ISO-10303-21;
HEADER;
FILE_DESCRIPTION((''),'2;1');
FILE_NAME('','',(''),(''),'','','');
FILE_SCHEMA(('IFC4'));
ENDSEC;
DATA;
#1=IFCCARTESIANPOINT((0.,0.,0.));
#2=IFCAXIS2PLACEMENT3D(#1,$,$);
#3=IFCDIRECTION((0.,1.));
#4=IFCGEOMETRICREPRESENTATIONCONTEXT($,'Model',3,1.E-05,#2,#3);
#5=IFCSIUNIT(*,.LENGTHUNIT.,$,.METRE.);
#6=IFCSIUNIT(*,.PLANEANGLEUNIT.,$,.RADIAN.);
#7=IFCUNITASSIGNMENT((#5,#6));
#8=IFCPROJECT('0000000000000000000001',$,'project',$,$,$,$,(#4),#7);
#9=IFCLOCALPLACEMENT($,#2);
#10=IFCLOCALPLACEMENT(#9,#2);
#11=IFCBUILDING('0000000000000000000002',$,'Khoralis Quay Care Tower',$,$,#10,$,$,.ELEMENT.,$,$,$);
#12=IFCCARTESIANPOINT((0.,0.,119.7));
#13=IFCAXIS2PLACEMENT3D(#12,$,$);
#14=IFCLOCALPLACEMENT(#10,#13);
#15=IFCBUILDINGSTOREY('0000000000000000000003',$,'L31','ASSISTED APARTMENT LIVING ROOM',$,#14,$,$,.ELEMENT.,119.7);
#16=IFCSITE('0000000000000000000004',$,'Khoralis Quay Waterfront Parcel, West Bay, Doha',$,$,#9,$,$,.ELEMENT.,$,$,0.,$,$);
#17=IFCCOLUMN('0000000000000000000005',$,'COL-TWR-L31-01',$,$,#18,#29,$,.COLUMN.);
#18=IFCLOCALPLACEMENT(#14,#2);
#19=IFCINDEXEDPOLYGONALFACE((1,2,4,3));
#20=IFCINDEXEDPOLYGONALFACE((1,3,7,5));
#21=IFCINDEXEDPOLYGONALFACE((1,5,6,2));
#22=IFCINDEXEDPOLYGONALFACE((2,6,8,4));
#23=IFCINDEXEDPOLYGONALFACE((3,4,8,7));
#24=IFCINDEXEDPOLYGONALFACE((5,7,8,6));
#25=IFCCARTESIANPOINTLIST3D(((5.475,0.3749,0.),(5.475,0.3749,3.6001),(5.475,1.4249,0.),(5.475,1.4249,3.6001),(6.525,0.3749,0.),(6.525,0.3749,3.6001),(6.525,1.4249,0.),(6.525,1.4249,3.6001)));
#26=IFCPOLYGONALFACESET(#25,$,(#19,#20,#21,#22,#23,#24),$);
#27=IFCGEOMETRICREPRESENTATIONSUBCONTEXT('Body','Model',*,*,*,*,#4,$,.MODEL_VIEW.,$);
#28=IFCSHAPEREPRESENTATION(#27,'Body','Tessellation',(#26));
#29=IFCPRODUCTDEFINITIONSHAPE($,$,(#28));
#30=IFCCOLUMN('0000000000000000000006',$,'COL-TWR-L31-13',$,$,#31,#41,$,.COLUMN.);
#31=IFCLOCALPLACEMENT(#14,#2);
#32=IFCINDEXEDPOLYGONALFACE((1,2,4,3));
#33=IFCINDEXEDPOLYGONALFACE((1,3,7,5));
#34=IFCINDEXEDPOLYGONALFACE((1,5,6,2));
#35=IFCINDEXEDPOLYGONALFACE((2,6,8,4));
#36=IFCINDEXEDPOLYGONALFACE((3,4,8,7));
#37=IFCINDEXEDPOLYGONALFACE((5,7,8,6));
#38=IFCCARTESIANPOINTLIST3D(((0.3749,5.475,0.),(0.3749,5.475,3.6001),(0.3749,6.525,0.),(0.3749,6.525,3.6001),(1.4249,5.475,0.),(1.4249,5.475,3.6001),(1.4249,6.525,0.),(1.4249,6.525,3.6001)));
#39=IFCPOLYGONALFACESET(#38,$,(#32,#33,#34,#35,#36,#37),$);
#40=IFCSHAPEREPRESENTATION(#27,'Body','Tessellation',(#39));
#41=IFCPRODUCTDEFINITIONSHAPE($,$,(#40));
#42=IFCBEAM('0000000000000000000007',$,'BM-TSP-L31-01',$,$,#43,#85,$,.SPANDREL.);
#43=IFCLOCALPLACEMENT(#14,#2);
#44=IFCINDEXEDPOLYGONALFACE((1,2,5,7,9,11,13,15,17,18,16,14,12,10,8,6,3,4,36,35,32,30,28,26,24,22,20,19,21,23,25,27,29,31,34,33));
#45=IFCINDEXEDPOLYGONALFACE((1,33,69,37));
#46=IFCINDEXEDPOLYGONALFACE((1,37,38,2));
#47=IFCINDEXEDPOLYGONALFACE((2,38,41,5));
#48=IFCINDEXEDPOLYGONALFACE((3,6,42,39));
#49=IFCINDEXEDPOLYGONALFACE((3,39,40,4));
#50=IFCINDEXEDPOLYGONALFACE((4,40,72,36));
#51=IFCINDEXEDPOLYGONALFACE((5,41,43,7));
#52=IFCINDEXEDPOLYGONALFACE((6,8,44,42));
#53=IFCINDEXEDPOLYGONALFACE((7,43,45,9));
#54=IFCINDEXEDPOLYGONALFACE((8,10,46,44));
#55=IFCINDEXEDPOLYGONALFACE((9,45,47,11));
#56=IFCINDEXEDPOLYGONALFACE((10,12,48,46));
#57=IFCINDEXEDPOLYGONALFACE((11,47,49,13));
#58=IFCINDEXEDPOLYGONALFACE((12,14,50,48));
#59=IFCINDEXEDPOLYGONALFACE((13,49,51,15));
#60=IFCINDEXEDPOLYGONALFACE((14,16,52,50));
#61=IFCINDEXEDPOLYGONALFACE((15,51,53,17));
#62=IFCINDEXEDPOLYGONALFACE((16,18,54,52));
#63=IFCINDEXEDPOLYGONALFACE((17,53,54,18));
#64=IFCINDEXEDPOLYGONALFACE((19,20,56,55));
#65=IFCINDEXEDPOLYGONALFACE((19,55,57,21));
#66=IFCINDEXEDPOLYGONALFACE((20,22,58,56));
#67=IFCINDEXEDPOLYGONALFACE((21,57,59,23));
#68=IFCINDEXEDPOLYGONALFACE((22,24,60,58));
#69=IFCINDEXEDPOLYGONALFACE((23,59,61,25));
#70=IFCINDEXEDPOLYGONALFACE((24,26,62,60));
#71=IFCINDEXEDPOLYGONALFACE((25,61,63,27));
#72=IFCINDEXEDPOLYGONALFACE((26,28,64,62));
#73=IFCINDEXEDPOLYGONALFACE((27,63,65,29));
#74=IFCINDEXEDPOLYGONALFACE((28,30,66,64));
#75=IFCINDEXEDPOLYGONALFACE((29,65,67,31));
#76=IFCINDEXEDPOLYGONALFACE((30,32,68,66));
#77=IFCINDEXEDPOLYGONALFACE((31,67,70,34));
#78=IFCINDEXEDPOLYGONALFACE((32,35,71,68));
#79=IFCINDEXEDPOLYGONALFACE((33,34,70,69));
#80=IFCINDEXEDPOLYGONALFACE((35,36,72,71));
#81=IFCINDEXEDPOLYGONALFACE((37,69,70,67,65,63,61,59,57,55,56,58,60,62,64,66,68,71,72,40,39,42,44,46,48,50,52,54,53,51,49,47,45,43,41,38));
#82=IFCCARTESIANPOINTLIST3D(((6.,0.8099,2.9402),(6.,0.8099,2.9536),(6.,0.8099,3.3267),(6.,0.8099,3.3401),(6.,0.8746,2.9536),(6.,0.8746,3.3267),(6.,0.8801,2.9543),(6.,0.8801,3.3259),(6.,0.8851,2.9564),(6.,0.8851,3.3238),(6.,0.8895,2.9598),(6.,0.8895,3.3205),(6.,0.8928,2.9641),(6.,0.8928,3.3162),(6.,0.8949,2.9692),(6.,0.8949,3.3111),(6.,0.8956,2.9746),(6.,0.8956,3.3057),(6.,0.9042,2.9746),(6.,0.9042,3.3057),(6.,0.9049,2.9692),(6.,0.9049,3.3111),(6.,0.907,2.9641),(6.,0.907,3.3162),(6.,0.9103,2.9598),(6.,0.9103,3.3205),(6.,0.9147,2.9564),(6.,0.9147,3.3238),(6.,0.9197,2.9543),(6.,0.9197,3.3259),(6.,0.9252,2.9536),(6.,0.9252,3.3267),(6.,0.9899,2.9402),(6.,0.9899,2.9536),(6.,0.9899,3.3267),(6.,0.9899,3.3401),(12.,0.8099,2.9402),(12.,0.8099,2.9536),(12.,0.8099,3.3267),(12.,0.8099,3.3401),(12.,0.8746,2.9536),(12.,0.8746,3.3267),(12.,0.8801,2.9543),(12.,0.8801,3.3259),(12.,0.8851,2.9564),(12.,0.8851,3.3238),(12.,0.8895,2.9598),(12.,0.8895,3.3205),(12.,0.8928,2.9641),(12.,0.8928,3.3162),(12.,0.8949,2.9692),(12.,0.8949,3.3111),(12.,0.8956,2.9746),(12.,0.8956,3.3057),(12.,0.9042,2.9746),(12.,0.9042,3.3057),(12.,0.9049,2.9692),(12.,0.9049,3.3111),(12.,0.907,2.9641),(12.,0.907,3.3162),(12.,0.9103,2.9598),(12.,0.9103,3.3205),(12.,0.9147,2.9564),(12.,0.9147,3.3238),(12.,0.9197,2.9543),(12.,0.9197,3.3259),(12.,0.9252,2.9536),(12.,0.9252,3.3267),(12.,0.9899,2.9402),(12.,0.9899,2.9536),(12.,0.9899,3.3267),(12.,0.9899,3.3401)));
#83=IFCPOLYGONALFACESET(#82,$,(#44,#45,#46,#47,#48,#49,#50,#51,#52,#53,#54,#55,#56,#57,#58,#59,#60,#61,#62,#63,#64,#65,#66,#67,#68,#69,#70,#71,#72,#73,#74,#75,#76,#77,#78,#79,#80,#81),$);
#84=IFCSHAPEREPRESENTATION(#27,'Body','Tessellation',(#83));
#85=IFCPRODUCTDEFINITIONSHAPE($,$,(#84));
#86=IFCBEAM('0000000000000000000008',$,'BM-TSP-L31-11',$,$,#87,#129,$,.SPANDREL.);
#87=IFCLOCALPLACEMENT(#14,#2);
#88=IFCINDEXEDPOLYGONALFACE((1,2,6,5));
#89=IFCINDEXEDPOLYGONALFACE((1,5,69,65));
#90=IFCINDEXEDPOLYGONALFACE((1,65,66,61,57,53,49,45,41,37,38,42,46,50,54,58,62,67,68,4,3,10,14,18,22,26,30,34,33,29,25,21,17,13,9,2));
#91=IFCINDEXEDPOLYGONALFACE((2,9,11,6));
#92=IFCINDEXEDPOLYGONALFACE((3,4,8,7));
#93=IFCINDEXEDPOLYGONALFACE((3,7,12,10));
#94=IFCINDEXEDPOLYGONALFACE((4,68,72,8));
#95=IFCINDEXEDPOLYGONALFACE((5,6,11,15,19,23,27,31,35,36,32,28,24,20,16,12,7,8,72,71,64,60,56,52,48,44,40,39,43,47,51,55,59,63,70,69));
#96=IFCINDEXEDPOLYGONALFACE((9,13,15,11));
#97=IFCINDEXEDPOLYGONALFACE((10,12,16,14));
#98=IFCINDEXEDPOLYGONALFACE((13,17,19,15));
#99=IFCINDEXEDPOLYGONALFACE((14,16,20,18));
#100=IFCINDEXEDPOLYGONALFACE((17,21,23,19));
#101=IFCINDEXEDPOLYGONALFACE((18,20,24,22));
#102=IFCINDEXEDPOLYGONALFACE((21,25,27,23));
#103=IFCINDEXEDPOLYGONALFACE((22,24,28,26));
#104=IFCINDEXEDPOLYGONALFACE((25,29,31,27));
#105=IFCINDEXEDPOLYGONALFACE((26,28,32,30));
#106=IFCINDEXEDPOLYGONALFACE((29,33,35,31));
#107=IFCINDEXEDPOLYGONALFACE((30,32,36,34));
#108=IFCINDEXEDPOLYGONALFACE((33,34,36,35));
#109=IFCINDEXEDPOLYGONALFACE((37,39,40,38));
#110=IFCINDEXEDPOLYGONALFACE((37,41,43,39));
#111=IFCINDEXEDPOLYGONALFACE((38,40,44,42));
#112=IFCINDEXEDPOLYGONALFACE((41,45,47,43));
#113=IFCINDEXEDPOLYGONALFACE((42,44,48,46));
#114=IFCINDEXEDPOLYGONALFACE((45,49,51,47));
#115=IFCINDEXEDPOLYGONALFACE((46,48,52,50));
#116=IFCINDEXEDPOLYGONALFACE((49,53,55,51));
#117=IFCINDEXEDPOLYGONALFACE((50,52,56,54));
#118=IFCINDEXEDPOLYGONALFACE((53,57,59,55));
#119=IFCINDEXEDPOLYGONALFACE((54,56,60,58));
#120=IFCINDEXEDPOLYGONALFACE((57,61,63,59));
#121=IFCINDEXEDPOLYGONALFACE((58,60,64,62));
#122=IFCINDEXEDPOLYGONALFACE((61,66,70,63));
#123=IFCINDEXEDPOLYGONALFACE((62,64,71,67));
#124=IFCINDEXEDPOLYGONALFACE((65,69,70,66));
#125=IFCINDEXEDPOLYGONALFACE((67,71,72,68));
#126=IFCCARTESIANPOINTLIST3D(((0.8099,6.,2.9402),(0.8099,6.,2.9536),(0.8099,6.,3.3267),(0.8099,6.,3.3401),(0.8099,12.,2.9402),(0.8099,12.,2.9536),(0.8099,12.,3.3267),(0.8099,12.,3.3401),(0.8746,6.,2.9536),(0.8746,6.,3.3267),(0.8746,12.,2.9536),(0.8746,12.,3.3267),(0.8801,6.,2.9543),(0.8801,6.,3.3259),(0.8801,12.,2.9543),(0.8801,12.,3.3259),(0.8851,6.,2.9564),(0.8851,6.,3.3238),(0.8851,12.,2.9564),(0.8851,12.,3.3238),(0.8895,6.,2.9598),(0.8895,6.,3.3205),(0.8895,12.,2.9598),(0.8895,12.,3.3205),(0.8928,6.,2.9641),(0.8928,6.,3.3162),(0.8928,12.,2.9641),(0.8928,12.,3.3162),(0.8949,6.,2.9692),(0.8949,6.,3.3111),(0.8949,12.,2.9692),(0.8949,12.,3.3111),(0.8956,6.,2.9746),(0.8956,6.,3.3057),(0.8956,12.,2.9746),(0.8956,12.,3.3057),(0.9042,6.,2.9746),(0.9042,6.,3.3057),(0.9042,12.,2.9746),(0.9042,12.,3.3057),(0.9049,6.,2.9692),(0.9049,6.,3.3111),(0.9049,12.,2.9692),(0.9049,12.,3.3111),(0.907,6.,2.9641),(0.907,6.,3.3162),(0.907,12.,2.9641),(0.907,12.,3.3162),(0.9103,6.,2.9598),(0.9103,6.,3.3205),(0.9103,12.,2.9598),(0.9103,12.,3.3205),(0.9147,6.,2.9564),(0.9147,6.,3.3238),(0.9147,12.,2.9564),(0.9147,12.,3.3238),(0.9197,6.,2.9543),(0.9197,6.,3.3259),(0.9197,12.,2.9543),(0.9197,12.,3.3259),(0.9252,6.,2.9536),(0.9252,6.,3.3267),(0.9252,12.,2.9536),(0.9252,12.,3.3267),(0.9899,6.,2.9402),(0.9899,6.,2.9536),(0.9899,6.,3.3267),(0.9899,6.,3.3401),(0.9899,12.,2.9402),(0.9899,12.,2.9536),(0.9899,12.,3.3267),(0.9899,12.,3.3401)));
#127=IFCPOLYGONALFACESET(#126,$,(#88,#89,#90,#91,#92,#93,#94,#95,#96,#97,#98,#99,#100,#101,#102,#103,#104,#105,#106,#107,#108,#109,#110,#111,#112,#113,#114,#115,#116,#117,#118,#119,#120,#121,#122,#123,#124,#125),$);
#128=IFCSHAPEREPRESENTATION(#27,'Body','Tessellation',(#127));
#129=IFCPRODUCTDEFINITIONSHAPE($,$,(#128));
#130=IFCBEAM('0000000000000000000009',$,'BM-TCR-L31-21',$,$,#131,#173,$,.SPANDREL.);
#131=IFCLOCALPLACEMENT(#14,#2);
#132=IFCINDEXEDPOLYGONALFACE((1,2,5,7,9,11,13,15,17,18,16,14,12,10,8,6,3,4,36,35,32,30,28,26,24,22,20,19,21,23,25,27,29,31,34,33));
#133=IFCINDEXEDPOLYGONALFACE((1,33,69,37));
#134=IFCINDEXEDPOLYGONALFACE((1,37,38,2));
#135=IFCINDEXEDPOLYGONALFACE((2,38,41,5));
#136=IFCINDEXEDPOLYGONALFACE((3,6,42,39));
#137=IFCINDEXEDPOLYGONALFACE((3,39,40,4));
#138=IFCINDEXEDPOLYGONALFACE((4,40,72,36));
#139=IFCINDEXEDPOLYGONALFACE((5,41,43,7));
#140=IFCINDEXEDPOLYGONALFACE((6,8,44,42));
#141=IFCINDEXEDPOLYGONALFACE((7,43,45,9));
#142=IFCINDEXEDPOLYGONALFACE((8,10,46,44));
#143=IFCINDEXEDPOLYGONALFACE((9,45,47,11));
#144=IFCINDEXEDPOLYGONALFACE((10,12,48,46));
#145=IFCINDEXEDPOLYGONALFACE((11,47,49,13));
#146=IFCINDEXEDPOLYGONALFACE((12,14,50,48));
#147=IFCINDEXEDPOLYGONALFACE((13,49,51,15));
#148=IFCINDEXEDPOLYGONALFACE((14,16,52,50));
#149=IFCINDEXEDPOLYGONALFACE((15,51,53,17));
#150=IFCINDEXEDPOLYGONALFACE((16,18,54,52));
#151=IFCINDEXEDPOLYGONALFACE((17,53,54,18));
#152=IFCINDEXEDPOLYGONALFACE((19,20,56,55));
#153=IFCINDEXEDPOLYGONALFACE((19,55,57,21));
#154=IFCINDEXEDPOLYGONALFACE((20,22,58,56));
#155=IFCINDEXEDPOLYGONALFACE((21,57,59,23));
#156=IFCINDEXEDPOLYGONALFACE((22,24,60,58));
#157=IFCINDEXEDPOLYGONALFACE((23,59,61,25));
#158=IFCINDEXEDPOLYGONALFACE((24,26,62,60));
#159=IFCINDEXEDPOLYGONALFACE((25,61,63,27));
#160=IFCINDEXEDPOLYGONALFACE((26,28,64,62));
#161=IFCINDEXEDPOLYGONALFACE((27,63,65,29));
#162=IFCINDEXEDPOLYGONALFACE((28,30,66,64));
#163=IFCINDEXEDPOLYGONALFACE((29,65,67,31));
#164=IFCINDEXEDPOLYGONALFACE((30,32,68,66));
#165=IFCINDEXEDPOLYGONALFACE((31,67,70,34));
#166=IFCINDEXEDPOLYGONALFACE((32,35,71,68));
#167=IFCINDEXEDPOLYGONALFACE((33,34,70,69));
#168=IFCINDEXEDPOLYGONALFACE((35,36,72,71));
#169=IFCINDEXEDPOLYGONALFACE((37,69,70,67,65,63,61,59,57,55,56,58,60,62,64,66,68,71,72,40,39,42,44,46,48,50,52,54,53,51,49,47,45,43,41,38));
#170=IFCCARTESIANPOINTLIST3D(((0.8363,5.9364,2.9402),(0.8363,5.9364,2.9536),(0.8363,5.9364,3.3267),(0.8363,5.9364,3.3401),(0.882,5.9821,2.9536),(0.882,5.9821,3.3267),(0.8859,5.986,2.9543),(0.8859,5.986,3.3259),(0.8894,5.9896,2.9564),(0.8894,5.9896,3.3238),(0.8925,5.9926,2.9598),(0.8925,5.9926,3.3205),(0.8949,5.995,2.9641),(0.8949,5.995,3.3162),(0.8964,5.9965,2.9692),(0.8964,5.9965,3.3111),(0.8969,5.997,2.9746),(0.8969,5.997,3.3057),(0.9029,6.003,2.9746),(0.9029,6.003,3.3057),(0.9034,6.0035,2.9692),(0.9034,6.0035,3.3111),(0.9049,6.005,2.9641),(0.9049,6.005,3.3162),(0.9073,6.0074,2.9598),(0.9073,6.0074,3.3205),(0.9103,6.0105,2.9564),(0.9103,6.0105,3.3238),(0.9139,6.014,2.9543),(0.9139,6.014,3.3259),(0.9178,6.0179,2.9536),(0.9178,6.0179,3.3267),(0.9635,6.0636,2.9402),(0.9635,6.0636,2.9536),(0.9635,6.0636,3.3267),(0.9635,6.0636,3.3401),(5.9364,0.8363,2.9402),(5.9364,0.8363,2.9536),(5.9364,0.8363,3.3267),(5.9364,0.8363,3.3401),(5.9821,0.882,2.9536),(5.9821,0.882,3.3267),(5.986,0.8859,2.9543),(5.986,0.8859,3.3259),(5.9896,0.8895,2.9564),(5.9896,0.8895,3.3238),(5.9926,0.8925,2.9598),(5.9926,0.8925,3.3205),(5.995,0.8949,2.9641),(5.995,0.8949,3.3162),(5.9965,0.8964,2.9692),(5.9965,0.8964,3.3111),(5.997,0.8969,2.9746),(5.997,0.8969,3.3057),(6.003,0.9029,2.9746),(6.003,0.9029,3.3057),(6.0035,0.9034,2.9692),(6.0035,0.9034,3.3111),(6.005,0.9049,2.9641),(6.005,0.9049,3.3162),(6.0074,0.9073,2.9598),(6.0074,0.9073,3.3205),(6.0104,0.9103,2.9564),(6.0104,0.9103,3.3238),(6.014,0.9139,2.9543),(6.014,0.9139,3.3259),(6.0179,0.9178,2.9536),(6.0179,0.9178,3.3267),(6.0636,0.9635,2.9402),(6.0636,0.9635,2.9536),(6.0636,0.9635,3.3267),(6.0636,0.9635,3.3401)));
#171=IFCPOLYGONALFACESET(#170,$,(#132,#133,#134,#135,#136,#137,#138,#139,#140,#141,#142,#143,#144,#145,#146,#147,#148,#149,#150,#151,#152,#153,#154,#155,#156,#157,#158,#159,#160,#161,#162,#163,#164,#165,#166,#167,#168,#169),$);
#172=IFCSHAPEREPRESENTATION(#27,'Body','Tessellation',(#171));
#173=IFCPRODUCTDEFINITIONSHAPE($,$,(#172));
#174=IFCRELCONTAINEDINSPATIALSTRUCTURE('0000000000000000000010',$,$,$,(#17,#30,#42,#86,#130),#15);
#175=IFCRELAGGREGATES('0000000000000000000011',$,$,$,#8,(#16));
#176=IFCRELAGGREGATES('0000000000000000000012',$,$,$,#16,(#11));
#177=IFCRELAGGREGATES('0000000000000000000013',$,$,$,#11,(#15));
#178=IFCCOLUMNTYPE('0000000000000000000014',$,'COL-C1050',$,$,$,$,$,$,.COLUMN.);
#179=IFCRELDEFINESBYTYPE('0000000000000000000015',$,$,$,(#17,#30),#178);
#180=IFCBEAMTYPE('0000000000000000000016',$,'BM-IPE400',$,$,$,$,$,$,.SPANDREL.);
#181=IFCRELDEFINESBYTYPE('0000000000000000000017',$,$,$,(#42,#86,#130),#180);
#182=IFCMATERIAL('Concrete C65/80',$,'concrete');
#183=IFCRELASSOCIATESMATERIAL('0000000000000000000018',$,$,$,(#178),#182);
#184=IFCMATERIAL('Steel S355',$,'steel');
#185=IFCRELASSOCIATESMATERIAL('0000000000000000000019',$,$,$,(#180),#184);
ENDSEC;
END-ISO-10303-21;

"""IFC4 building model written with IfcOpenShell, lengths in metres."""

from ifc_helpers import new_model, si_unit, direction, frame, origin, origin_2d, place, context, subcontext, project, spatial, rectangle, i_section, extrude, source, transform, mapped, material, material_profile, profile_set, type_object, element, save


model = new_model("IFC4")

# Units and contexts
model_context = context("Model", 3, precision=1e-05, world=origin(), true_north=direction((0.0, 1.0)))
body_context = subcontext(model_context, "Body", "Model", "MODEL_VIEW")
ifc_project = project(units=[si_unit("LENGTHUNIT", "METRE"), si_unit("PLANEANGLEUNIT", "RADIAN")], contexts=[model_context])

# Site, building, storey
site_placement = place(None, origin())
site = spatial("IfcSite", under=ifc_project, at=site_placement, Name="Khoralis Quay Waterfront Parcel, West Bay, Doha", CompositionType="ELEMENT", RefElevation=0.0)
building_placement = place(site_placement, origin())
building = spatial("IfcBuilding", under=site, at=building_placement, Name="Khoralis Quay Care Tower", CompositionType="ELEMENT")
storey_placement = place(building_placement, frame((0.0, 0.0, 119.7)))
storey = spatial("IfcBuildingStorey", under=building, at=storey_placement, Name="L31", Description="ASSISTED APARTMENT LIVING ROOM", CompositionType="ELEMENT", Elevation=119.7)

# Columns
ifc_material_1 = material(Name="Concrete C65/80", Category="concrete")
ifc_material_profile_1 = material_profile(ifc_material_1, rectangle(XDim=1.05, YDim=1.05, at=origin_2d()), Name="Concrete C65/80")
ifc_profile_set_1 = profile_set([ifc_material_profile_1], Name="Concrete C65/80")
column_type = type_object("IfcColumnType", Name="COL-C1050", PredefinedType="COLUMN", material=ifc_profile_set_1)
shared_shape_1 = source(origin(), body_context, "Body", "SweptSolid", [
    extrude(rectangle(XDim=1.05, YDim=1.05, at=origin_2d()), origin(), (0.0, 0.0, 1.0), 3.6001),
])
for number, where, z_axis, x_axis, name in (
    (1, (6.0, 0.8999, 0.0), (0.0, 0.0, 1.0), (1.0, 0.0, 0.0), "COL-TWR-L31-01"),
    (2, (0.8999, 6.0, 0.0), (0.0, 0.0, 1.0), (1.0, 0.0, 0.0), "COL-TWR-L31-13"),
):
    element("IfcColumn", number, at=place(storey_placement, frame(where, z_axis=z_axis, x_axis=x_axis)), inside=storey, type_object=column_type, Name=name, PredefinedType="COLUMN", context=body_context, shape_type="MappedRepresentation", body=[
        mapped(shared_shape_1, transform((0.0, 0.0, 0.0), scale=1.0)),
    ])

# Beams
ifc_material_2 = material(Name="Steel S355", Category="steel")
ifc_material_profile_2 = material_profile(ifc_material_2, i_section(OverallWidth=0.1799, OverallDepth=0.3999, WebThickness=0.0085, FlangeThickness=0.0134, FilletRadius=0.021, at=origin_2d()), Name="Steel S355")
ifc_profile_set_2 = profile_set([ifc_material_profile_2], Name="Steel S355")
beam_type_1 = type_object("IfcBeamType", Name="BM-IPE400", PredefinedType="SPANDREL", material=ifc_profile_set_2)
shared_shape_2 = source(origin(), body_context, "Body", "SweptSolid", [
    extrude(i_section(OverallWidth=0.1799, OverallDepth=0.3999, WebThickness=0.0085, FlangeThickness=0.0134, FilletRadius=0.021, at=origin_2d()), origin(), (0.0, 0.0, 1.0), 6.0),
])
for number, where, z_axis, x_axis, name in (
    (3, (6.0, 0.8999, 3.1401), (1.0, 0.0, 0.0), (0.0, 1.0, 0.0), "BM-TSP-L31-01"),
    (4, (0.8999, 6.0, 3.1401), (0.0, 1.0, 0.0), (-1.0, 0.0, 0.0), "BM-TSP-L31-11"),
):
    element("IfcBeam", number, at=place(storey_placement, frame(where, z_axis=z_axis, x_axis=x_axis)), inside=storey, type_object=beam_type_1, Name=name, PredefinedType="SPANDREL", context=body_context, shape_type="MappedRepresentation", body=[
        mapped(shared_shape_2, transform((0.0, 0.0, 0.0), scale=1.0)),
    ])
shared_shape_3 = source(origin(), body_context, "Body", "SweptSolid", [
    extrude(i_section(OverallWidth=0.1799, OverallDepth=0.3999, WebThickness=0.0085, FlangeThickness=0.0134, FilletRadius=0.021, at=origin_2d()), origin(), (0.0, 0.0, 1.0), 7.2126),
])
beam_1_placement = place(storey_placement, frame((6.0, 0.8999, 3.1401), z_axis=(-0.707107, 0.707107, 0.0), x_axis=(-0.707107, -0.707107, 0.0)))
element("IfcBeam", 5, at=beam_1_placement, inside=storey, type_object=beam_type_1, Name="BM-TCR-L31-21", PredefinedType="SPANDREL", context=body_context, shape_type="MappedRepresentation", body=[
    mapped(shared_shape_3, transform((0.0, 0.0, 0.0), scale=1.0)),
])

save(model, "model.ifc")
